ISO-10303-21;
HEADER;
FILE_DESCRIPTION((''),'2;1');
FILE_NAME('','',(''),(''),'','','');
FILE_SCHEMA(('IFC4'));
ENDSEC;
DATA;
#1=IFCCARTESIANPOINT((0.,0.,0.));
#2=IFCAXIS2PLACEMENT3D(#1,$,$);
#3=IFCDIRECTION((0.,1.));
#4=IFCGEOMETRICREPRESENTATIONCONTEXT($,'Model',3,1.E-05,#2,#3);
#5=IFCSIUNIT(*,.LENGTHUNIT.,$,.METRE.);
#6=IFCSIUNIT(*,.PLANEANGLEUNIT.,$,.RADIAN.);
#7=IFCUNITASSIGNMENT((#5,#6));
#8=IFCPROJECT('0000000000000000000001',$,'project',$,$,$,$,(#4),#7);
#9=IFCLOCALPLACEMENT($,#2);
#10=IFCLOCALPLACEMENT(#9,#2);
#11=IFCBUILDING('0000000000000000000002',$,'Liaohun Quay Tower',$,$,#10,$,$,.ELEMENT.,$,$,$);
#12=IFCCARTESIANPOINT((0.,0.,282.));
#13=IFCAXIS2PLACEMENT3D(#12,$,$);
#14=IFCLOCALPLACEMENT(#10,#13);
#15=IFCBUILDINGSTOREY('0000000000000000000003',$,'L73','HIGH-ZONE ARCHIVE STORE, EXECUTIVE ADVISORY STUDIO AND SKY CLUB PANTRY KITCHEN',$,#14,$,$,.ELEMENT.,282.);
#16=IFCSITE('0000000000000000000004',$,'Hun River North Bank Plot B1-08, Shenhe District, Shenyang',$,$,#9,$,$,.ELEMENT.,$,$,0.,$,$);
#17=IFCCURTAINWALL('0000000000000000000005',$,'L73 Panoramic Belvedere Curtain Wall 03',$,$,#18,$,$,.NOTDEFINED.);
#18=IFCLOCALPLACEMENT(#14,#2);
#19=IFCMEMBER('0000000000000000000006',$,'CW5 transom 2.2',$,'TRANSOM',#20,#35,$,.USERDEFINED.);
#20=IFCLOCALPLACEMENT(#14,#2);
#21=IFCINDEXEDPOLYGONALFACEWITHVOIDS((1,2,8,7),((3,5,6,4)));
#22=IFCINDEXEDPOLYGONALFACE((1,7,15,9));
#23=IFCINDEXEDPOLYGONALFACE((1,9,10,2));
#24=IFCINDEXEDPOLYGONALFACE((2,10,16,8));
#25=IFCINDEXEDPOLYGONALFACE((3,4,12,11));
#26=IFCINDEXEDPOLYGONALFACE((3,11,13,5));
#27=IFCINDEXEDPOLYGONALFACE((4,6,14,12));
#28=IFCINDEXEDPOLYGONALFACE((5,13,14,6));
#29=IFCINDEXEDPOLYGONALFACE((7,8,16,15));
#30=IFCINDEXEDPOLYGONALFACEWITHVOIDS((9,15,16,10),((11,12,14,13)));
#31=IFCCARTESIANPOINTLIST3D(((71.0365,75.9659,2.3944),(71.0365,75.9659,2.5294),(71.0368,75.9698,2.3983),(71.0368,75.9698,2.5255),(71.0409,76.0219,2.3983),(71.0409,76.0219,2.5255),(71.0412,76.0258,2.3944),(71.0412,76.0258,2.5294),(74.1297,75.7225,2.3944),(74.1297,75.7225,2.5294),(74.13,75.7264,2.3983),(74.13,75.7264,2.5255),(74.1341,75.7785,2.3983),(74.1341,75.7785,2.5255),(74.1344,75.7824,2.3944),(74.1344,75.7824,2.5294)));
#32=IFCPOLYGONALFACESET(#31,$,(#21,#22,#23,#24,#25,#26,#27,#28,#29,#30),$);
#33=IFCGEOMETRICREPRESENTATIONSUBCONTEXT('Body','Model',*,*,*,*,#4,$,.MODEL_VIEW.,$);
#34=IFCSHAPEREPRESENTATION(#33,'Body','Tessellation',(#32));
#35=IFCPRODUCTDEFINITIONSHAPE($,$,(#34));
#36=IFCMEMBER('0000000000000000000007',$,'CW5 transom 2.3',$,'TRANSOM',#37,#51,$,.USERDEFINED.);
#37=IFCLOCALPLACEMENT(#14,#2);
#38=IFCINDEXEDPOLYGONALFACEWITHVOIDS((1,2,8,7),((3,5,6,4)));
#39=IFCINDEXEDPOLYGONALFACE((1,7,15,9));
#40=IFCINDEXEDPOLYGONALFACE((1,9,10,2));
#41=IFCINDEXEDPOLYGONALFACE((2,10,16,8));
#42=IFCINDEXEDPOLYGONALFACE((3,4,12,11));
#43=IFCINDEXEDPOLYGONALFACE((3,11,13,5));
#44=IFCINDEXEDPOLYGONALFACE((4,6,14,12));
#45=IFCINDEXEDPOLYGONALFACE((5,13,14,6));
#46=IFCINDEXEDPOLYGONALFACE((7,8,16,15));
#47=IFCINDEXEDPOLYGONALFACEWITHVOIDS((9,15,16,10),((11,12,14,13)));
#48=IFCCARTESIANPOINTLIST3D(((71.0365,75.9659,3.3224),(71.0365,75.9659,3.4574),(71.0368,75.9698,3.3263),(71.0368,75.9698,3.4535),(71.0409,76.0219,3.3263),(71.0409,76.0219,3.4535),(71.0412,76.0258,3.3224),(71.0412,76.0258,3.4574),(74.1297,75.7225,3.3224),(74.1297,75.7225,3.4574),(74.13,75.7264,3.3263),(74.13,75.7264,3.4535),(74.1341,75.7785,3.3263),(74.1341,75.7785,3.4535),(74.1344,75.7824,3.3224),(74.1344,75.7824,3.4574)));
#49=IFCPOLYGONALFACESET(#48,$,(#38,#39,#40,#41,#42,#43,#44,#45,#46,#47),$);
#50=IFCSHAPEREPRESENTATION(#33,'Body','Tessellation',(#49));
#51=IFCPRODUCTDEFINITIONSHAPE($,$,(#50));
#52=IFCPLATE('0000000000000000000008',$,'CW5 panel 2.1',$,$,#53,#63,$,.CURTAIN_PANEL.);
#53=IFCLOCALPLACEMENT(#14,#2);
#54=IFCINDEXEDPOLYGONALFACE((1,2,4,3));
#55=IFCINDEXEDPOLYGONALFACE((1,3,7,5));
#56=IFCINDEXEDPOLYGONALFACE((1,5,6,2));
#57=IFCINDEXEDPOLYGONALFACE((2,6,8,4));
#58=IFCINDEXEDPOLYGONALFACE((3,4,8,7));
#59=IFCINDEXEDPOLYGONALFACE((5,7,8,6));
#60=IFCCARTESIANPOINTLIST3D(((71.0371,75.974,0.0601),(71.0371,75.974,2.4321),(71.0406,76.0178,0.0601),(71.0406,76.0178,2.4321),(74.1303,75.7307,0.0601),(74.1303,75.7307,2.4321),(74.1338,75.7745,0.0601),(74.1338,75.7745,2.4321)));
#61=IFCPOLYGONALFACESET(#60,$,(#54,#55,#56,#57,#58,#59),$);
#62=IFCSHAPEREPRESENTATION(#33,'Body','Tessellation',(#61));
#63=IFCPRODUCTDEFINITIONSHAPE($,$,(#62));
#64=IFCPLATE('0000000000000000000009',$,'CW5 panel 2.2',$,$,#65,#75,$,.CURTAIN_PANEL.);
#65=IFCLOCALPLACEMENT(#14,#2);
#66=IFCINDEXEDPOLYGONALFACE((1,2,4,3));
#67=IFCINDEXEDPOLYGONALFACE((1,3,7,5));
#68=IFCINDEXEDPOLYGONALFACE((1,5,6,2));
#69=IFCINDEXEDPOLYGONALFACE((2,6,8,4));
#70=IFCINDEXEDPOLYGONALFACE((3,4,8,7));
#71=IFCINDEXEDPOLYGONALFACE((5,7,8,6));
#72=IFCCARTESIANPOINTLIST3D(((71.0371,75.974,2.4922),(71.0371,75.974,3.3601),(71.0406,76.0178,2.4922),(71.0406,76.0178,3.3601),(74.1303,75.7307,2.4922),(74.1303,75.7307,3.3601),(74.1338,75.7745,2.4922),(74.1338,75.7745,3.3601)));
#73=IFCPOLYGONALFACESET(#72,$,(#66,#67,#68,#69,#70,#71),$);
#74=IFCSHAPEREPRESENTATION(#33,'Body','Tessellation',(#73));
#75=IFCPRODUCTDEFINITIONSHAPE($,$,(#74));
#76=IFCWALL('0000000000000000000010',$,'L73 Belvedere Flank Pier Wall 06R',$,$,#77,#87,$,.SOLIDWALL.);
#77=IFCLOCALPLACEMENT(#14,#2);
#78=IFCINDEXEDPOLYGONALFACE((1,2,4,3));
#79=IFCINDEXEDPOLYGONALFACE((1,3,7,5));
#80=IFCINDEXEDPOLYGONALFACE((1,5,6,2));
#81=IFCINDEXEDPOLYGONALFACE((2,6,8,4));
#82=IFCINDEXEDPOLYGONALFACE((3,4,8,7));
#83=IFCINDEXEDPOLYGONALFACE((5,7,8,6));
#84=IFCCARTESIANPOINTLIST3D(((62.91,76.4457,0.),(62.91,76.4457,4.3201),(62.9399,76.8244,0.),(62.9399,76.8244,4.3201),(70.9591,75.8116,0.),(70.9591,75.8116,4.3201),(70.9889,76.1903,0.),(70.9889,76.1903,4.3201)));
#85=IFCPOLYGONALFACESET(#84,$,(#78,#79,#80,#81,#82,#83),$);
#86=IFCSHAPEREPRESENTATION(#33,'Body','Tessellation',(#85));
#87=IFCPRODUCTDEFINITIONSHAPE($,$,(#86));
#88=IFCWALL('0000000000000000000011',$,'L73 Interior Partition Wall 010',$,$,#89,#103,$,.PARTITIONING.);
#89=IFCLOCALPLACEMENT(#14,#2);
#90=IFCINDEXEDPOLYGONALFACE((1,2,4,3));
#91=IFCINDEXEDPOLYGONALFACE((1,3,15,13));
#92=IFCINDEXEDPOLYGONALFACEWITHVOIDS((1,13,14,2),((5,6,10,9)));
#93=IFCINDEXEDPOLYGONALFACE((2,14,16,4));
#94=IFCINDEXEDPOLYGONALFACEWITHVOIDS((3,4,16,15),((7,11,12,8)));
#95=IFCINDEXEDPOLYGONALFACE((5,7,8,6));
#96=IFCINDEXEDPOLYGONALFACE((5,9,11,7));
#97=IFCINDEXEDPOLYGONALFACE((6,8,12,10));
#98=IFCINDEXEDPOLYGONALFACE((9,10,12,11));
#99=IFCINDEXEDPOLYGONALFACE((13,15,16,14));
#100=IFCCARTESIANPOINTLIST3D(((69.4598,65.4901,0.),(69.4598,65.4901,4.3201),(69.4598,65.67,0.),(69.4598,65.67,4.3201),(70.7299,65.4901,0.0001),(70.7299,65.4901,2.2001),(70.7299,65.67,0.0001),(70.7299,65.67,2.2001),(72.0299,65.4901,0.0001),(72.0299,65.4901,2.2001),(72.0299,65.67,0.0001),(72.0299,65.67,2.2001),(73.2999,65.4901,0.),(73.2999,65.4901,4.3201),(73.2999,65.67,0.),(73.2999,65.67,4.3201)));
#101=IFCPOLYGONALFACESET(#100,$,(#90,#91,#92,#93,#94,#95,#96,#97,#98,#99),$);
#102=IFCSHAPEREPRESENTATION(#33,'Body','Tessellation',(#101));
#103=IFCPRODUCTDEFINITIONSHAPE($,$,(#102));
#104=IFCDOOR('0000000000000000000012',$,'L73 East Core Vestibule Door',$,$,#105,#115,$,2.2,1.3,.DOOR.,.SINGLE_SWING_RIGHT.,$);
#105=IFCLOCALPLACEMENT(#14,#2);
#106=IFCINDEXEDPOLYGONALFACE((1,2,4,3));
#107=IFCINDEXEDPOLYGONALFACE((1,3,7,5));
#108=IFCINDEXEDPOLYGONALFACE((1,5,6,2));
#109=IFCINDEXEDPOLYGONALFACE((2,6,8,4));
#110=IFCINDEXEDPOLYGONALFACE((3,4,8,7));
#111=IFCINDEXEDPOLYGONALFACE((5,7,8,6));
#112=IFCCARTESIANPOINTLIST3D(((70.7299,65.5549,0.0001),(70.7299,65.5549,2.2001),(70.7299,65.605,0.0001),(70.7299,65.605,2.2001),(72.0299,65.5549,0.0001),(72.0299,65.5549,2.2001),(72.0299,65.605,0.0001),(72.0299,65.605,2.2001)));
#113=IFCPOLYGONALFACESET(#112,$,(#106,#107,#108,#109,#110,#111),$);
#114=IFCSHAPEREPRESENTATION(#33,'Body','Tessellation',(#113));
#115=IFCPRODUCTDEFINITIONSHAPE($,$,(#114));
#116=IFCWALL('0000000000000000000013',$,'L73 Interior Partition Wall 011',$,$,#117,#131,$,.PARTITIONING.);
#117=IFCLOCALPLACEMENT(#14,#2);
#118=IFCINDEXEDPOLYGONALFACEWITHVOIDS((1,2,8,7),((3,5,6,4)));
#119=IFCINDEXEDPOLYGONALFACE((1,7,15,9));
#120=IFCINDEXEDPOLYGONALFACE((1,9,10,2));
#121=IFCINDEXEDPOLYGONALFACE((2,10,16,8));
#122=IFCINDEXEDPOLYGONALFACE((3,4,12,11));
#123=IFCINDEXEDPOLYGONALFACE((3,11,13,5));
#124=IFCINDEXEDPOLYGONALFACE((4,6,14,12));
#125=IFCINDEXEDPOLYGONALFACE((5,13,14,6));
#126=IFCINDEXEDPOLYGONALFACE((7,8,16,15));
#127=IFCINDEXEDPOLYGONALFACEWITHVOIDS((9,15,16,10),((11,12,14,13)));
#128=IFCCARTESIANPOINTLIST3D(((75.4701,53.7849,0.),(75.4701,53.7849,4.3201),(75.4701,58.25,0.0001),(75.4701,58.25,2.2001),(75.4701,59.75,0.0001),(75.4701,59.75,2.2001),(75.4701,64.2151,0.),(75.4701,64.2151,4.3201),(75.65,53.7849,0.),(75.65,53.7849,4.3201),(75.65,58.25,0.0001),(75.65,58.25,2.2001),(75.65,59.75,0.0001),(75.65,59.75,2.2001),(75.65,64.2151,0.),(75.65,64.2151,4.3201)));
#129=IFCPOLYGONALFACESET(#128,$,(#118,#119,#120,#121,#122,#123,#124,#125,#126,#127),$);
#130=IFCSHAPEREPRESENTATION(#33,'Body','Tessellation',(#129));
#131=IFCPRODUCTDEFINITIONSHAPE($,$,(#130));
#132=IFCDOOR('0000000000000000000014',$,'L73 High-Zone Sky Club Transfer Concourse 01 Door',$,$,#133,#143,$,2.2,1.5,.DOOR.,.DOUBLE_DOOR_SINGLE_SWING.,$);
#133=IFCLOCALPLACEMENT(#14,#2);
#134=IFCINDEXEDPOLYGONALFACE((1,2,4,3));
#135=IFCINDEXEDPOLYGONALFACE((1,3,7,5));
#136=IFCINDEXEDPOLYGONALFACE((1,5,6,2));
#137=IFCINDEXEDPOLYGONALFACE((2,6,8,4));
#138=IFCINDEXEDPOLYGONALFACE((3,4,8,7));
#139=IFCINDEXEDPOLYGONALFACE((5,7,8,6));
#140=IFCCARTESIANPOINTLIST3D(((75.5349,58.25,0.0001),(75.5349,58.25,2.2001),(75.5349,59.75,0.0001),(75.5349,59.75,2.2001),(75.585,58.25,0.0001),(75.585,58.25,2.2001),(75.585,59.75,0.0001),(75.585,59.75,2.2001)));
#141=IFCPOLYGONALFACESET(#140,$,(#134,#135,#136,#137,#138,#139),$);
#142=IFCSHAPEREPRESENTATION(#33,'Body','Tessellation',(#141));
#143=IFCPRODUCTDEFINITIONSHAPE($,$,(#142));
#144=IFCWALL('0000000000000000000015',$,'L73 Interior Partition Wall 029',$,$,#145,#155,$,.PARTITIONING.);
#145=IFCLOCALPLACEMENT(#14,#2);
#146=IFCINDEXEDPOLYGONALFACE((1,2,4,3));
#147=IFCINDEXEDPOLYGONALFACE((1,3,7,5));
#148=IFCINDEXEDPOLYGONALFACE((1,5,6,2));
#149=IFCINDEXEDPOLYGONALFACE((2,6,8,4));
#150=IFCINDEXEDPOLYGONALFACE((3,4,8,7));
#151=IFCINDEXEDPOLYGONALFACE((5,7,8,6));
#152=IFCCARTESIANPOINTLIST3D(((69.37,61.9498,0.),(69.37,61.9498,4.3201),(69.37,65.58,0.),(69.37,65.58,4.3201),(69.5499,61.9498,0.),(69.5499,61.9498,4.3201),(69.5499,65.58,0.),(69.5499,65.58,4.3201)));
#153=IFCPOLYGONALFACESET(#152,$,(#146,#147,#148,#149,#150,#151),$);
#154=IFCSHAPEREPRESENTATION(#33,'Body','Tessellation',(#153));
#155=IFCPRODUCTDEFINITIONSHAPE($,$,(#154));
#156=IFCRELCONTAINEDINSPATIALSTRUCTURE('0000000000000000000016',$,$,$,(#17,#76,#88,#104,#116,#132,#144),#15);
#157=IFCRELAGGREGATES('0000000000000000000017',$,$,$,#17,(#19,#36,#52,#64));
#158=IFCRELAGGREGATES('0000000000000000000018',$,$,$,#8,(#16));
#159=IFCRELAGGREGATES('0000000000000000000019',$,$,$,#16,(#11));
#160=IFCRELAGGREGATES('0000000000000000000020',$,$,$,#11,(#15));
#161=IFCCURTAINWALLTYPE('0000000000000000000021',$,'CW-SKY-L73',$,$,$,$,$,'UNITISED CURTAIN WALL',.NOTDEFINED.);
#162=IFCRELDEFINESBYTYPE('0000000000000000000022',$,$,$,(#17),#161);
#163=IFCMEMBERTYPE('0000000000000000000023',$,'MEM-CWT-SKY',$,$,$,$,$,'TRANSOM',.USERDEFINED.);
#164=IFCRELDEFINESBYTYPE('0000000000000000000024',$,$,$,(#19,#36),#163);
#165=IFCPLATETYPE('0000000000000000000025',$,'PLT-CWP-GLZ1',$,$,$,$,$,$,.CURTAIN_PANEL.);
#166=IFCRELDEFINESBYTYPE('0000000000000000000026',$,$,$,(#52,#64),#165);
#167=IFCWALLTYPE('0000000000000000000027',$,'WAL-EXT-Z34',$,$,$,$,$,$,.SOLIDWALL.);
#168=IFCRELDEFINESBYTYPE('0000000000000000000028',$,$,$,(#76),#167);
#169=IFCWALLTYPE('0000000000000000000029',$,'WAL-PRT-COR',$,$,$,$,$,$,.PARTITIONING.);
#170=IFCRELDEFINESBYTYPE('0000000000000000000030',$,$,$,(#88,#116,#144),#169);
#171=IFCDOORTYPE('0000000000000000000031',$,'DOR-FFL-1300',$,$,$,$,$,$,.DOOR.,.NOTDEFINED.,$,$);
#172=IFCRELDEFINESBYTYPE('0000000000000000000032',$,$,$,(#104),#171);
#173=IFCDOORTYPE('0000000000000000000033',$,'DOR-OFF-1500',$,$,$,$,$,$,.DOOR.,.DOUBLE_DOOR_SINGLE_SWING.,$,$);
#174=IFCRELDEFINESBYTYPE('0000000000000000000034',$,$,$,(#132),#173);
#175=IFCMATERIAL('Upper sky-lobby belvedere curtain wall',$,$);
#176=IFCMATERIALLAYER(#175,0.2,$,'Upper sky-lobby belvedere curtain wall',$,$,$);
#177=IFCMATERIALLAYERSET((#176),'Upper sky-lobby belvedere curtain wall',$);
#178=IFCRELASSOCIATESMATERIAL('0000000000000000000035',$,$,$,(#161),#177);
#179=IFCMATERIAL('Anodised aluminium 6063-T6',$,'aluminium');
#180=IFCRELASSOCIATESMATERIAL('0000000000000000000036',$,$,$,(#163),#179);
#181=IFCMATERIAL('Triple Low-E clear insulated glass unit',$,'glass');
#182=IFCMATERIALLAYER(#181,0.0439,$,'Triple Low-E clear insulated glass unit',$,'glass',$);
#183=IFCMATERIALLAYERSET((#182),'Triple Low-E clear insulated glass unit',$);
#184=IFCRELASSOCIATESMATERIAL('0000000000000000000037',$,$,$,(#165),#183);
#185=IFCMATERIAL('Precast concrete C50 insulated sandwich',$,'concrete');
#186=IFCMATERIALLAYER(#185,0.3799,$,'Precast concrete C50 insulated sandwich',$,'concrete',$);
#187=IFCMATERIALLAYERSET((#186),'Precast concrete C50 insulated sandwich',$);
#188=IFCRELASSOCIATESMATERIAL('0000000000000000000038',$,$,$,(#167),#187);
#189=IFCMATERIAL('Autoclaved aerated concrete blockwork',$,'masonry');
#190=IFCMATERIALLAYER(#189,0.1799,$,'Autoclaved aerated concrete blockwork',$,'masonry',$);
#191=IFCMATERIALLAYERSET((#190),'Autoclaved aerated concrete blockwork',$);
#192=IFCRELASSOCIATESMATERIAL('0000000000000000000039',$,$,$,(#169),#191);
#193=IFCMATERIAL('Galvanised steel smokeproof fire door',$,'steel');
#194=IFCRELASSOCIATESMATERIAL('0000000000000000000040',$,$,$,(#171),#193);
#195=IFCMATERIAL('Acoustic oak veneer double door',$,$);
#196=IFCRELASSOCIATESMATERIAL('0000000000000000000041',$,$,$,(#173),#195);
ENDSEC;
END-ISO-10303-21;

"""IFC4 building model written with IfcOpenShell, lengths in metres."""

from ifc_helpers import new_model, si_unit, direction, frame, frame_2d, origin, origin_2d, place, context, subcontext, project, spatial, rectangle, hollow_rectangle, extrude, source, transform, mapped, material, layer, layer_set, material_profile, profile_set, type_object, element, fill, aggregate, save


model = new_model("IFC4")

# Units and contexts
model_context = context("Model", 3, precision=1e-05, world=origin(), true_north=direction((0.0, 1.0)))
body_context = subcontext(model_context, "Body", "Model", "MODEL_VIEW")
ifc_project = project(units=[si_unit("LENGTHUNIT", "METRE"), si_unit("PLANEANGLEUNIT", "RADIAN")], contexts=[model_context])

# Site, building, storey
site_placement = place(None, origin())
site = spatial("IfcSite", under=ifc_project, at=site_placement, Name="Hun River North Bank Plot B1-08, Shenhe District, Shenyang", CompositionType="ELEMENT", RefElevation=0.0)
building_placement = place(site_placement, origin())
building = spatial("IfcBuilding", under=site, at=building_placement, Name="Liaohun Quay Tower", CompositionType="ELEMENT")
storey_placement = place(building_placement, frame((0.0, 0.0, 282.0)))
storey = spatial("IfcBuildingStorey", under=building, at=storey_placement, Name="L73", Description="HIGH-ZONE ARCHIVE STORE, EXECUTIVE ADVISORY STUDIO AND SKY CLUB PANTRY KITCHEN", CompositionType="ELEMENT", Elevation=282.0)

# Curtain wall, members, plates
ifc_material_1 = material(Name="Upper sky-lobby belvedere curtain wall")
ifc_layer_1 = layer(ifc_material_1, 0.2, Name="Upper sky-lobby belvedere curtain wall")
ifc_layer_set_1 = layer_set([ifc_layer_1], Name="Upper sky-lobby belvedere curtain wall")
curtain_wall_type = type_object("IfcCurtainWallType", Name="CW-SKY-L73", ElementType="UNITISED CURTAIN WALL", PredefinedType="NOTDEFINED", material=ifc_layer_set_1)
curtain_wall_placement = place(storey_placement, origin())
curtain_wall = element("IfcCurtainWall", 1, at=curtain_wall_placement, inside=storey, type_object=curtain_wall_type, Name="L73 Panoramic Belvedere Curtain Wall 03", PredefinedType="NOTDEFINED")
ifc_material_2 = material(Name="Anodised aluminium 6063-T6", Category="aluminium")
ifc_material_profile_1 = material_profile(ifc_material_2, hollow_rectangle(XDim=0.0601, YDim=0.135, WallThickness=0.0039, at=origin_2d()), Name="RHS135x60x4")
ifc_profile_set_1 = profile_set([ifc_material_profile_1], Name="Anodised aluminium 6063-T6")
member_type_1 = type_object("IfcMemberType", Name="MEM-CWT-SKY", ElementType="TRANSOM", PredefinedType="USERDEFINED", material=ifc_profile_set_1)
shared_shape_1 = source(origin(), body_context, "Body", "SweptSolid", [
    extrude(hollow_rectangle(XDim=0.0601, YDim=0.135, WallThickness=0.0039, at=origin_2d()), origin(), (0.0, 0.0, 1.0), 3.1028),
])
member_1_placement = place(storey_placement, frame((74.1321, 75.7524, 2.4619), z_axis=(-0.996918, 0.078447, 0.0), x_axis=(-0.078447, -0.996918, 0.0)))
member_1 = element("IfcMember", 2, at=member_1_placement, type_object=member_type_1, Name="CW5 transom 2.2", ObjectType="TRANSOM", PredefinedType="USERDEFINED", context=body_context, shape_type="MappedRepresentation", body=[
    mapped(shared_shape_1, transform((0.0, 0.0, 0.0), x_axis=(1.0, 0.0, 0.0), y_axis=(0.0, 1.0, 0.0), z_axis=(0.0, 0.0, 1.0), scale=1.0)),
])
member_2_placement = place(storey_placement, frame((74.1321, 75.7524, 3.3899), z_axis=(-0.996918, 0.078447, 0.0), x_axis=(-0.078447, -0.996918, 0.0)))
member_2 = element("IfcMember", 3, at=member_2_placement, type_object=member_type_1, Name="CW5 transom 2.3", ObjectType="TRANSOM", PredefinedType="USERDEFINED", context=body_context, shape_type="MappedRepresentation", body=[
    mapped(shared_shape_1, transform((0.0, 0.0, 0.0), x_axis=(1.0, 0.0, 0.0), y_axis=(0.0, 1.0, 0.0), z_axis=(0.0, 0.0, 1.0), scale=1.0)),
])
ifc_material_3 = material(Name="Triple Low-E clear insulated glass unit", Category="glass")
ifc_layer_2 = layer(ifc_material_3, 0.0439, Name="Triple Low-E clear insulated glass unit", Category="glass")
ifc_layer_set_2 = layer_set([ifc_layer_2], Name="Triple Low-E clear insulated glass unit")
plate_type = type_object("IfcPlateType", Name="PLT-CWP-GLZ1", PredefinedType="CURTAIN_PANEL", material=ifc_layer_set_2)
shared_shape_2 = source(origin(), body_context, "Body", "SweptSolid", [
    extrude(rectangle(XDim=3.1028, YDim=0.0439, at=origin_2d()), origin(), (0.0, 0.0, 1.0), 2.3721),
])
plate_1_placement = place(storey_placement, frame((72.5854, 75.8743, 0.0601), z_axis=(0.0, 0.0, 1.0), x_axis=(-0.99692, 0.078429, 0.0)))
plate_1 = element("IfcPlate", 4, at=plate_1_placement, type_object=plate_type, Name="CW5 panel 2.1", PredefinedType="CURTAIN_PANEL", context=body_context, shape_type="MappedRepresentation", body=[
    mapped(shared_shape_2, transform((0.0, 0.0, 0.0), x_axis=(1.0, 0.0, 0.0), y_axis=(0.0, 1.0, 0.0), z_axis=(0.0, 0.0, 1.0), scale=1.0)),
])
shared_shape_3 = source(origin(), body_context, "Body", "SweptSolid", [
    extrude(rectangle(XDim=3.1028, YDim=0.0439, at=origin_2d()), origin(), (0.0, 0.0, 1.0), 0.8679),
])
plate_2_placement = place(storey_placement, frame((72.5854, 75.8743, 2.4922), z_axis=(0.0, 0.0, 1.0), x_axis=(-0.99692, 0.078429, 0.0)))
plate_2 = element("IfcPlate", 5, at=plate_2_placement, type_object=plate_type, Name="CW5 panel 2.2", PredefinedType="CURTAIN_PANEL", context=body_context, shape_type="MappedRepresentation", body=[
    mapped(shared_shape_3, transform((0.0, 0.0, 0.0), x_axis=(1.0, 0.0, 0.0), y_axis=(0.0, 1.0, 0.0), z_axis=(0.0, 0.0, 1.0), scale=1.0)),
])
aggregate(curtain_wall, [member_1, member_2, plate_1, plate_2])

# Wall
ifc_material_4 = material(Name="Precast concrete C50 insulated sandwich", Category="concrete")
ifc_layer_3 = layer(ifc_material_4, 0.3799, Name="Precast concrete C50 insulated sandwich", Category="concrete")
ifc_layer_set_3 = layer_set([ifc_layer_3], Name="Precast concrete C50 insulated sandwich")
wall_type_1 = type_object("IfcWallType", Name="WAL-EXT-Z34", PredefinedType="SOLIDWALL", material=ifc_layer_set_3)
wall_1_placement = place(storey_placement, frame((70.9741, 76.001, 0.0), z_axis=(0.0, 0.0, 1.0), x_axis=(-0.996912, 0.078528, 0.0)))
element("IfcWall", 6, at=wall_1_placement, inside=storey, type_object=wall_type_1, Name="L73 Belvedere Flank Pier Wall 06R", PredefinedType="SOLIDWALL", context=body_context, shape_type="SweptSolid", body=[
    extrude(rectangle(XDim=8.074, YDim=0.3799, at=frame_2d((4.0371, 0.0))), origin(), (0.0, 0.0, 1.0), 4.3201),
])

# Walls, openings, doors
ifc_material_5 = material(Name="Autoclaved aerated concrete blockwork", Category="masonry")
ifc_layer_4 = layer(ifc_material_5, 0.1799, Name="Autoclaved aerated concrete blockwork", Category="masonry")
ifc_layer_set_4 = layer_set([ifc_layer_4], Name="Autoclaved aerated concrete blockwork")
wall_type_2 = type_object("IfcWallType", Name="WAL-PRT-COR", PredefinedType="PARTITIONING", material=ifc_layer_set_4)
wall_2_placement = place(storey_placement, frame((69.46, 65.5801, 0.0), z_axis=(0.0, 0.0, 1.0), x_axis=(1.0, 0.0, 0.0)))
wall_2 = element("IfcWall", 7, at=wall_2_placement, inside=storey, type_object=wall_type_2, Name="L73 Interior Partition Wall 010", PredefinedType="PARTITIONING", context=body_context, shape_type="SweptSolid", body=[
    extrude(rectangle(XDim=3.8401, YDim=0.1799, at=frame_2d((1.9199, 0.0))), origin(), (0.0, 0.0, 1.0), 4.3201),
])
shared_shape_4 = source(origin(), body_context, "Body", "SweptSolid", [
    extrude(rectangle(XDim=1.3, YDim=2.2, at=frame_2d((0.6499, 1.1001))), frame((0.0, 0.0999, 0.0), z_axis=(0.0, -1.0, 0.0), x_axis=(1.0, 0.0, 0.0)), (0.0, 0.0, 1.0), 0.2),
])
opening_1_placement = place(wall_2_placement, frame((1.27, 0.0, 0.0)))
opening_1 = element("IfcOpeningElement", 8, at=opening_1_placement, cuts=wall_2, PredefinedType="OPENING", context=body_context, shape_type="MappedRepresentation", body=[
    mapped(shared_shape_4, transform((0.0, 0.0, 0.0), x_axis=(1.0, 0.0, 0.0), y_axis=(0.0, 1.0, 0.0), z_axis=(0.0, 0.0, 1.0), scale=1.0)),
])
ifc_material_6 = material(Name="Galvanised steel smokeproof fire door", Category="steel")
door_type_1 = type_object("IfcDoorType", Name="DOR-FFL-1300", OperationType="NOTDEFINED", PredefinedType="DOOR", material=ifc_material_6)
shared_shape_5 = source(origin(), body_context, "Body", "SweptSolid", [
    extrude(rectangle(XDim=1.3, YDim=2.2, at=frame_2d((0.6499, 1.1001))), frame((0.0, 0.0249, 0.0), z_axis=(0.0, -1.0, 0.0), x_axis=(1.0, 0.0, 0.0)), (0.0, 0.0, 1.0), 0.05),
])
door_1_placement = place(opening_1_placement, origin())
door_1 = element("IfcDoor", 9, at=door_1_placement, inside=storey, type_object=door_type_1, Name="L73 East Core Vestibule Door", OperationType="SINGLE_SWING_RIGHT", OverallHeight=2.2, OverallWidth=1.3, PredefinedType="DOOR", context=body_context, shape_type="MappedRepresentation", body=[
    mapped(shared_shape_5, transform((0.0, 0.0, 0.0), x_axis=(1.0, 0.0, 0.0), y_axis=(0.0, 1.0, 0.0), z_axis=(0.0, 0.0, 1.0), scale=1.0)),
])
fill(opening_1, door_1)
wall_3_placement = place(storey_placement, frame((75.5601, 64.2151, 0.0), z_axis=(0.0, 0.0, 1.0), x_axis=(0.0, -1.0, 0.0)))
wall_3 = element("IfcWall", 10, at=wall_3_placement, inside=storey, type_object=wall_type_2, Name="L73 Interior Partition Wall 011", PredefinedType="PARTITIONING", context=body_context, shape_type="SweptSolid", body=[
    extrude(rectangle(XDim=10.4302, YDim=0.1799, at=frame_2d((5.2151, 0.0))), origin(), (0.0, 0.0, 1.0), 4.3201),
])
shared_shape_6 = source(origin(), body_context, "Body", "SweptSolid", [
    extrude(rectangle(XDim=1.5, YDim=2.2, at=frame_2d((0.75, 1.1001))), frame((0.0, 0.0999, 0.0), z_axis=(0.0, -1.0, 0.0), x_axis=(1.0, 0.0, 0.0)), (0.0, 0.0, 1.0), 0.2),
])
opening_2_placement = place(wall_3_placement, frame((4.4651, 0.0, 0.0)))
opening_2 = element("IfcOpeningElement", 11, at=opening_2_placement, cuts=wall_3, PredefinedType="OPENING", context=body_context, shape_type="MappedRepresentation", body=[
    mapped(shared_shape_6, transform((0.0, 0.0, 0.0), x_axis=(1.0, 0.0, 0.0), y_axis=(0.0, 1.0, 0.0), z_axis=(0.0, 0.0, 1.0), scale=1.0)),
])
ifc_material_7 = material(Name="Acoustic oak veneer double door")
door_type_2 = type_object("IfcDoorType", Name="DOR-OFF-1500", OperationType="DOUBLE_DOOR_SINGLE_SWING", PredefinedType="DOOR", material=ifc_material_7)
shared_shape_7 = source(origin(), body_context, "Body", "SweptSolid", [
    extrude(rectangle(XDim=1.5, YDim=2.2, at=frame_2d((0.75, 1.1001))), frame((0.0, 0.0249, 0.0), z_axis=(0.0, -1.0, 0.0), x_axis=(1.0, 0.0, 0.0)), (0.0, 0.0, 1.0), 0.05),
])
door_2_placement = place(opening_2_placement, origin())
door_2 = element("IfcDoor", 12, at=door_2_placement, inside=storey, type_object=door_type_2, Name="L73 High-Zone Sky Club Transfer Concourse 01 Door", OperationType="DOUBLE_DOOR_SINGLE_SWING", OverallHeight=2.2, OverallWidth=1.5, PredefinedType="DOOR", context=body_context, shape_type="MappedRepresentation", body=[
    mapped(shared_shape_7, transform((0.0, 0.0, 0.0), x_axis=(1.0, 0.0, 0.0), y_axis=(0.0, 1.0, 0.0), z_axis=(0.0, 0.0, 1.0), scale=1.0)),
])
fill(opening_2, door_2)

# Wall
wall_4_placement = place(storey_placement, frame((69.46, 61.95, 0.0), z_axis=(0.0, 0.0, 1.0), x_axis=(0.0, 1.0, 0.0)))
element("IfcWall", 13, at=wall_4_placement, inside=storey, type_object=wall_type_2, Name="L73 Interior Partition Wall 029", PredefinedType="PARTITIONING", context=body_context, shape_type="SweptSolid", body=[
    extrude(rectangle(XDim=3.6301, YDim=0.1799, at=frame_2d((1.8149, 0.0))), origin(), (0.0, 0.0, 1.0), 4.3201),
])

save(model, "model.ifc")
